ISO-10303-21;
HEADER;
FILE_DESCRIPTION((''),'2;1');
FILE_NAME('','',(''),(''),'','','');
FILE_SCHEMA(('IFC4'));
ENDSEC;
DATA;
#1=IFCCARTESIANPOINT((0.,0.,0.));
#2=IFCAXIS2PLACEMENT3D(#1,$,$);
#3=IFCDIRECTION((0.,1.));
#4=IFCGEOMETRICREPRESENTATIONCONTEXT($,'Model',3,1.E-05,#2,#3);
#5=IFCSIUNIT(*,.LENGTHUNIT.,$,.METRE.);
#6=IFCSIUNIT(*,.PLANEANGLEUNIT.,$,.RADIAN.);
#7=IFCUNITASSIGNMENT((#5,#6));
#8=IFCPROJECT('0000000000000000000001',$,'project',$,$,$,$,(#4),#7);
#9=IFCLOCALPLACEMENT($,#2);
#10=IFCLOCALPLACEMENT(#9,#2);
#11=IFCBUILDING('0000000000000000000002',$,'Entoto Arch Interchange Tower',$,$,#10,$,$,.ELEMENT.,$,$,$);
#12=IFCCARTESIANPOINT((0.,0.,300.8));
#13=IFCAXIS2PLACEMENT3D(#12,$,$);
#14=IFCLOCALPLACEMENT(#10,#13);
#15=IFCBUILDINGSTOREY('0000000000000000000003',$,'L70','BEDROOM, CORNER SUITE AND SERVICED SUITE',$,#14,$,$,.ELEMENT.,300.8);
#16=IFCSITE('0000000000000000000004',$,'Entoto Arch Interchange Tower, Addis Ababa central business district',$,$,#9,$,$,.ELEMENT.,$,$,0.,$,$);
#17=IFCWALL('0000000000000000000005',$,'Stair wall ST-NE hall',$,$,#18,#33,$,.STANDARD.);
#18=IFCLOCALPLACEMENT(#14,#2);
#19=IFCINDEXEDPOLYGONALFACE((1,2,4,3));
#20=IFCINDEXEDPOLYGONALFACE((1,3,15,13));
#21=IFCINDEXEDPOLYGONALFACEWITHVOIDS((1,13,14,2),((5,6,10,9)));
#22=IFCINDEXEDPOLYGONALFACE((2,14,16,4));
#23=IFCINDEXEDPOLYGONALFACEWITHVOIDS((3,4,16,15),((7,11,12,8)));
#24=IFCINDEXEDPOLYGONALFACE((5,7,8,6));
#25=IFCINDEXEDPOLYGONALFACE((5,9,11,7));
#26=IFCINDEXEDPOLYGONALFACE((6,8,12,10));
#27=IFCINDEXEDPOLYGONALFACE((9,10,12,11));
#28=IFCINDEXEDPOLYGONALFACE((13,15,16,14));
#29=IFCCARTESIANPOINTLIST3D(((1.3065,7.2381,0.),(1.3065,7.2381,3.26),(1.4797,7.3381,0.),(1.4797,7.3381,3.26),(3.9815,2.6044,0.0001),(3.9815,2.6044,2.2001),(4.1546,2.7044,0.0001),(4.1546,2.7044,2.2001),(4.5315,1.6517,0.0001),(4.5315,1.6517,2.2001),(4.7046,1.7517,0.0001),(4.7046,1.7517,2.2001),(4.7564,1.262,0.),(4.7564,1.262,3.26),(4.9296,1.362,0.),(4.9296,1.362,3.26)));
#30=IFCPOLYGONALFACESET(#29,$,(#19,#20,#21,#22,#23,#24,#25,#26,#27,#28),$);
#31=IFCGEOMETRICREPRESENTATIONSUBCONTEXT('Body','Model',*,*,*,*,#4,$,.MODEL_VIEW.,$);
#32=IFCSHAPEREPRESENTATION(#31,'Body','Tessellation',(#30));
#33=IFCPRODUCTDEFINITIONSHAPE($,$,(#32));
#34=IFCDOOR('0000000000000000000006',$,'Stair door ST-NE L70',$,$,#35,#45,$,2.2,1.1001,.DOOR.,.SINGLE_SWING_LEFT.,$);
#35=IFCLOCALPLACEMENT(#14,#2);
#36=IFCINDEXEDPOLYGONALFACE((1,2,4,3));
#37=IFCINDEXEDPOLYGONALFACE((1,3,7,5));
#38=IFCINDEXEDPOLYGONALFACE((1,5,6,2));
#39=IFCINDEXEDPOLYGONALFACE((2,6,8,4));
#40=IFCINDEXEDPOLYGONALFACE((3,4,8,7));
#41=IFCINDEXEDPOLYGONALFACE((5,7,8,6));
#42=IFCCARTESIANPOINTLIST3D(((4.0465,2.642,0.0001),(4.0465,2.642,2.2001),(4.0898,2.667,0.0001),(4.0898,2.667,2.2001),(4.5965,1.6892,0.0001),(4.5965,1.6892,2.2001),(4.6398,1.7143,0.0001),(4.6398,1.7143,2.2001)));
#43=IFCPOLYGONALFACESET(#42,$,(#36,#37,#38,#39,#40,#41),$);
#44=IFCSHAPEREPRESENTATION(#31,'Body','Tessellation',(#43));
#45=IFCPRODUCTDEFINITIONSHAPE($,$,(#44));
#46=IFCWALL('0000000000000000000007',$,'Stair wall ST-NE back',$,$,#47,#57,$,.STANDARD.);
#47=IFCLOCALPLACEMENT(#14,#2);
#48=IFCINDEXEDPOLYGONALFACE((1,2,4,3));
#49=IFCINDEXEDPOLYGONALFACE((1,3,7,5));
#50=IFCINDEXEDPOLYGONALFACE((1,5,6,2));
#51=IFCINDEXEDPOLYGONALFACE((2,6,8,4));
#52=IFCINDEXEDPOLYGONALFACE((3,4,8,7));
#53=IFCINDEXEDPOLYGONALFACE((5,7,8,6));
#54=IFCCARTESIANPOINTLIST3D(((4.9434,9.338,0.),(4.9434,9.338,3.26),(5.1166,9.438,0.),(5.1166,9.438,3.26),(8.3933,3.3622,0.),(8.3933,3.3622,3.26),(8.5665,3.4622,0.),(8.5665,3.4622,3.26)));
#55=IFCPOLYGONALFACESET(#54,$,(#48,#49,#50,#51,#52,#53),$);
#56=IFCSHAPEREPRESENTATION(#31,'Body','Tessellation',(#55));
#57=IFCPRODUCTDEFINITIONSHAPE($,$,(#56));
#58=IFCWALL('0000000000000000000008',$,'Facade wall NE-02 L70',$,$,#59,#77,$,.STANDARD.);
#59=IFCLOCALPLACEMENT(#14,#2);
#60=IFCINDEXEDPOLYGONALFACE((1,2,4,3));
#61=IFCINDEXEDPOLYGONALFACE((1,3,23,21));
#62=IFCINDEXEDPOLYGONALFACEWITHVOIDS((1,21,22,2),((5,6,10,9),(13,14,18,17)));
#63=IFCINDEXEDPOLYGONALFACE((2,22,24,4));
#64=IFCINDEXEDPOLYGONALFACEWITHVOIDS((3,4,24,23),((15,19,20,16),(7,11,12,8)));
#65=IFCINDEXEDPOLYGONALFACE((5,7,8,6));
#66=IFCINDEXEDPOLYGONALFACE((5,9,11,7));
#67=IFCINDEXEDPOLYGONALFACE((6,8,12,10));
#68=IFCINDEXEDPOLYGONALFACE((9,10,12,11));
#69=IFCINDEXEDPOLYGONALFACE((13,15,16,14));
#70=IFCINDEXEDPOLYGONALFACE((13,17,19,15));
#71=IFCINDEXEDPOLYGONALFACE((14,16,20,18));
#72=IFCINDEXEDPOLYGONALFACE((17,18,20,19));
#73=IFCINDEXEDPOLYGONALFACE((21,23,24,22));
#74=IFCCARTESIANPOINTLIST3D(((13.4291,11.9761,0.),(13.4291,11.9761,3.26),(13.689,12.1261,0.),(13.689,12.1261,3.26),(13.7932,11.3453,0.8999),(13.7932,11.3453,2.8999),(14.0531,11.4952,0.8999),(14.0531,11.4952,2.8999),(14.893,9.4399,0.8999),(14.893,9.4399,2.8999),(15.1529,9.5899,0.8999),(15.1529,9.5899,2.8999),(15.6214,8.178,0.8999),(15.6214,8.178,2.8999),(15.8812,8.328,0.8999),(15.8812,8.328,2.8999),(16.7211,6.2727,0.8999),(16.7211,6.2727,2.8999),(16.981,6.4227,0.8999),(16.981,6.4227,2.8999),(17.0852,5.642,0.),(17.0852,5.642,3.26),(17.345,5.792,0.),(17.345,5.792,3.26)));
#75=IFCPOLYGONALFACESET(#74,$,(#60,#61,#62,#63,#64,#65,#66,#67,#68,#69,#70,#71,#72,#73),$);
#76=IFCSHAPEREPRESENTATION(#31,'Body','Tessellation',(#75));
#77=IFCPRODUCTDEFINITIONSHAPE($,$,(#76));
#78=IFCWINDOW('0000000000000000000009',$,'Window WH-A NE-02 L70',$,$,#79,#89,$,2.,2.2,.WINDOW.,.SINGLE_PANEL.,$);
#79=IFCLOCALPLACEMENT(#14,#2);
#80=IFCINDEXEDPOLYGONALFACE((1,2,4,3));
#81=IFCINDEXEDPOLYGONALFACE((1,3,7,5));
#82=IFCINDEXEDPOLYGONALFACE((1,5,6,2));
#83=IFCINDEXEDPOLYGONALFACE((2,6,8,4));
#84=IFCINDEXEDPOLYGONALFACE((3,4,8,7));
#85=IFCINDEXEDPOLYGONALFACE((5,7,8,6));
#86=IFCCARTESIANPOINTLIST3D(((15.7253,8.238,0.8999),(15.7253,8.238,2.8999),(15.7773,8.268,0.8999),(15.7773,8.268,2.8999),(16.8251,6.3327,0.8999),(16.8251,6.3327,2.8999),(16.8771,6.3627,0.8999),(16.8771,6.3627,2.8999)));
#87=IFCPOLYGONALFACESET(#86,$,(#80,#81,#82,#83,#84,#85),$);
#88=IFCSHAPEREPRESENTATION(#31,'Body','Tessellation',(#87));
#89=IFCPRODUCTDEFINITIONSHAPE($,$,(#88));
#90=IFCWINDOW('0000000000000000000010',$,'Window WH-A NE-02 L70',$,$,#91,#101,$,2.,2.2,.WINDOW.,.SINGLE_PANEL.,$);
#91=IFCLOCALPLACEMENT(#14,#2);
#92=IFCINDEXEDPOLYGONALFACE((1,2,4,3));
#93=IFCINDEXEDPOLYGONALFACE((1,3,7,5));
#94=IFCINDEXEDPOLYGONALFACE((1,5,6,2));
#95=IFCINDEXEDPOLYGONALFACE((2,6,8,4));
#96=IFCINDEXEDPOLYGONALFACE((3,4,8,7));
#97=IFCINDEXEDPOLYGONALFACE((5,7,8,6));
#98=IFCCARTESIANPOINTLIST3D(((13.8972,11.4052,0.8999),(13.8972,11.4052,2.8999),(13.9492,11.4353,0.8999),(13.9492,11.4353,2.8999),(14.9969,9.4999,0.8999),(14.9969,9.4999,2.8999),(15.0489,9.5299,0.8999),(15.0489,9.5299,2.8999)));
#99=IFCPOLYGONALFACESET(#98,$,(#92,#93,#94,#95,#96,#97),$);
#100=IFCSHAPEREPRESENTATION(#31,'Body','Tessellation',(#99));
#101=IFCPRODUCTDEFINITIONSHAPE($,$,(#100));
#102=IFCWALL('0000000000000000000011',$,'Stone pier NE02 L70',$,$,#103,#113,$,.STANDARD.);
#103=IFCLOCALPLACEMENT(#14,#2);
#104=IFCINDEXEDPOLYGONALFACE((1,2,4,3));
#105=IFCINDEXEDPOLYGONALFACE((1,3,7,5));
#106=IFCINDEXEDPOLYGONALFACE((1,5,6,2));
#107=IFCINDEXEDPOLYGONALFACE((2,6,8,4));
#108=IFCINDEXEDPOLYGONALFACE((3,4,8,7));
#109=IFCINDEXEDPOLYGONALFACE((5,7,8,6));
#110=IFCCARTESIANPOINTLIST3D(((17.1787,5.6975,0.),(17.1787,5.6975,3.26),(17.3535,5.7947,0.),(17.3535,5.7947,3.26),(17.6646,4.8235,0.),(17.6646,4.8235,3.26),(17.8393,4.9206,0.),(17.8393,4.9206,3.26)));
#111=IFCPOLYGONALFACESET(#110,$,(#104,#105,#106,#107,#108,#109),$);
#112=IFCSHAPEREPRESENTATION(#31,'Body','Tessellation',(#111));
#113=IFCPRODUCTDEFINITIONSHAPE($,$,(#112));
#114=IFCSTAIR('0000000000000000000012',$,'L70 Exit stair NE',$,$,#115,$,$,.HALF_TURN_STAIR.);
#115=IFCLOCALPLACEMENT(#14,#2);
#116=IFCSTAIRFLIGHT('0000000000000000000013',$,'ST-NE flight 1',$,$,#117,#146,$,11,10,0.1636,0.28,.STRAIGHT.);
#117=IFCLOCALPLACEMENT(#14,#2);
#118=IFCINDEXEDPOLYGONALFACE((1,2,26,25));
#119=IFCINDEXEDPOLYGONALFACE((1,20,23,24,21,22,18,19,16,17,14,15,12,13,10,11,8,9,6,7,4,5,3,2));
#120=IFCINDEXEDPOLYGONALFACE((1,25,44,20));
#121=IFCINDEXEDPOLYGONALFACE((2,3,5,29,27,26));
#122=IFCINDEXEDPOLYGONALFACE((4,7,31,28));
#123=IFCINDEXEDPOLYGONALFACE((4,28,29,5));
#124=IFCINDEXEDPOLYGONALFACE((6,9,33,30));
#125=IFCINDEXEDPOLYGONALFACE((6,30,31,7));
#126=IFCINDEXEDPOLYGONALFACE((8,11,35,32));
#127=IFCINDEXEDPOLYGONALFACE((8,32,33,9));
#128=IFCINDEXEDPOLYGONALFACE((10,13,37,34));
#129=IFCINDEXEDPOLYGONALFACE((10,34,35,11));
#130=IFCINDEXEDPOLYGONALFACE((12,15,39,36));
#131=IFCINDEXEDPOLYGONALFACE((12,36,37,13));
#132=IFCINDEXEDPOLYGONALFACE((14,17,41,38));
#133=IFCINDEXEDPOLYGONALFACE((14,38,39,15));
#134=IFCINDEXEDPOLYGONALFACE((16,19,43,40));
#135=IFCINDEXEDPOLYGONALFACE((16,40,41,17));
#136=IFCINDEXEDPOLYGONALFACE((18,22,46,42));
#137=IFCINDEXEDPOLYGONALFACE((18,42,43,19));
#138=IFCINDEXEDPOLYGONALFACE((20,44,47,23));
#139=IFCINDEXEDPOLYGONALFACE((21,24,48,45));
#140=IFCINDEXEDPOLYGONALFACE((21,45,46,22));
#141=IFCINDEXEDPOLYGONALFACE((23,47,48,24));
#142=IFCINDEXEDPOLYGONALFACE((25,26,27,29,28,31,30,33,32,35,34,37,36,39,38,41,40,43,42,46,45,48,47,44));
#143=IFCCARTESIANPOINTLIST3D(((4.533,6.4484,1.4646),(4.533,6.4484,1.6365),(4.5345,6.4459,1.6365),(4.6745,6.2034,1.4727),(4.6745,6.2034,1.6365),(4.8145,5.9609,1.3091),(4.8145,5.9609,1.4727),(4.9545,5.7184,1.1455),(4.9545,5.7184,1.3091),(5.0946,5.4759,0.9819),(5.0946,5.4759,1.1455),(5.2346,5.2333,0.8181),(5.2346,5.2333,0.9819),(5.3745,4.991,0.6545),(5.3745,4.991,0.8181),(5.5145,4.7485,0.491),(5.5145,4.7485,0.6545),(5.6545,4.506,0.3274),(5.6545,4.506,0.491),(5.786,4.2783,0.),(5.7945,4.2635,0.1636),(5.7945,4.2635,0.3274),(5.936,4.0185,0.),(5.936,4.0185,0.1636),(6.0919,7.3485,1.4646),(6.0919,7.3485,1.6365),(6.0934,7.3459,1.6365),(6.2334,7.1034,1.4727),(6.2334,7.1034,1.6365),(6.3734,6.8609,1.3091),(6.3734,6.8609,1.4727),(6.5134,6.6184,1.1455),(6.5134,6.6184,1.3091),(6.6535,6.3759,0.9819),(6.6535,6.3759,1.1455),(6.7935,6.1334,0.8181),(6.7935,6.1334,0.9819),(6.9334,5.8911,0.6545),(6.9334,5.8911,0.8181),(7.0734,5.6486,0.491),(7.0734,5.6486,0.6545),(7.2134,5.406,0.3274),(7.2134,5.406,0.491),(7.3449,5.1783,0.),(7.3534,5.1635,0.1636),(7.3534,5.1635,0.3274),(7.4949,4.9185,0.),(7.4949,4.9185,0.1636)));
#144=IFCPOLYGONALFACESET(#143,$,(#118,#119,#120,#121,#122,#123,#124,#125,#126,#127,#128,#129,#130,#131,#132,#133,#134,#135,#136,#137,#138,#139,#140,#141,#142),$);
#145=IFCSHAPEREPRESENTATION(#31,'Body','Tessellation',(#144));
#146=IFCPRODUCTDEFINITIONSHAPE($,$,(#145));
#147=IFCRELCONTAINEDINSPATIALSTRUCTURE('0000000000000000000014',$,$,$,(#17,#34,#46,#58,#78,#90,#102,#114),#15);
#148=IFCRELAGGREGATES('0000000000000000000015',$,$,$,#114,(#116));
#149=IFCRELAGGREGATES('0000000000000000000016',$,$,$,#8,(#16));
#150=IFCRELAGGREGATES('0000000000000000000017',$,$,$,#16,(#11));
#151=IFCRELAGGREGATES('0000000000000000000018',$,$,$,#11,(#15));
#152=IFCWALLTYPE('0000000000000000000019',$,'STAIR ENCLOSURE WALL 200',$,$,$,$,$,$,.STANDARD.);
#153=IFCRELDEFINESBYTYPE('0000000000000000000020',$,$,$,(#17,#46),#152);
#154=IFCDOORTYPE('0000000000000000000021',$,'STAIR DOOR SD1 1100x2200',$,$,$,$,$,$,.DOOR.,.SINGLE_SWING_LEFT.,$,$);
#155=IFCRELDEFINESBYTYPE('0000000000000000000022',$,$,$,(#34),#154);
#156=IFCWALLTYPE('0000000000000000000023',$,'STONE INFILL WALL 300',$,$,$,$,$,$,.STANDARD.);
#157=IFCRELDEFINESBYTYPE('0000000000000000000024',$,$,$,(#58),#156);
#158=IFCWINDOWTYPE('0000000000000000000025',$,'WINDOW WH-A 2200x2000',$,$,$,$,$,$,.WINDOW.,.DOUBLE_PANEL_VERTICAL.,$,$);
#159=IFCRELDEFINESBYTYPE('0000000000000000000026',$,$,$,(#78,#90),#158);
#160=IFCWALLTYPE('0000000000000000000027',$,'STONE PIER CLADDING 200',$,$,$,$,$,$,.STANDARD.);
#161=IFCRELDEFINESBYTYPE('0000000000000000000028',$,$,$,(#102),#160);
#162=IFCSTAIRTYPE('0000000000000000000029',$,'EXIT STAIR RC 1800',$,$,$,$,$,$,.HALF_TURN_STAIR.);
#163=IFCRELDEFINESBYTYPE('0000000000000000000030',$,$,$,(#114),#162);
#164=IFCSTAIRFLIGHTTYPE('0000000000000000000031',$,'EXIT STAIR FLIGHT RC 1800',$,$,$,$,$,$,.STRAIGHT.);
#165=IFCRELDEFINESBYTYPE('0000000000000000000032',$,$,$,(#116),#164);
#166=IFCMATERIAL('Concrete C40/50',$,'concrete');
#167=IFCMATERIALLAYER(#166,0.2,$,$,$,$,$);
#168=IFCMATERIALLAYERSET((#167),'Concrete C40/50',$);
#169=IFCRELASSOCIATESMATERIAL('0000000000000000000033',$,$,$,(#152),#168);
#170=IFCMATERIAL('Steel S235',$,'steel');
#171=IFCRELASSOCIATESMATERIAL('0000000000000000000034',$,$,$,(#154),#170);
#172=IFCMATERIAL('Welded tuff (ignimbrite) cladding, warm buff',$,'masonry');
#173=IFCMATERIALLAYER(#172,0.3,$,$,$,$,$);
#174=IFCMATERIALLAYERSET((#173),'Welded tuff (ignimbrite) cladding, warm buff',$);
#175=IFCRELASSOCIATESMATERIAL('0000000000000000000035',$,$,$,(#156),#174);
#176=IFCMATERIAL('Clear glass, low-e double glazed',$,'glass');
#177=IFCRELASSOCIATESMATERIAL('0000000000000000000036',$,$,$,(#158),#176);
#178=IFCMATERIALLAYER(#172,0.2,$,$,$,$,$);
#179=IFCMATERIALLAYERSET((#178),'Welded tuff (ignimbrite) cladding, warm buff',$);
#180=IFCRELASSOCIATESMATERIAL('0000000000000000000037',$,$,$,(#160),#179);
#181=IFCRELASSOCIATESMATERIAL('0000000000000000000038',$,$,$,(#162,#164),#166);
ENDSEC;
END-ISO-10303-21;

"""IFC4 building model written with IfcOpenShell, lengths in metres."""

from ifc_helpers import new_model, si_unit, direction, frame, frame_2d, origin, place, context, subcontext, project, spatial, polyline, rectangle, outline, extrude, material, layer, layer_set, type_object, element, fill, aggregate, save


model = new_model("IFC4")

# Units and contexts
model_context = context("Model", 3, precision=1e-05, world=origin(), true_north=direction((0.0, 1.0)))
body_context = subcontext(model_context, "Body", "Model", "MODEL_VIEW")
ifc_project = project(units=[si_unit("LENGTHUNIT", "METRE"), si_unit("PLANEANGLEUNIT", "RADIAN")], contexts=[model_context])

# Site, building, storey
site_placement = place(None, origin())
site = spatial("IfcSite", under=ifc_project, at=site_placement, Name="Entoto Arch Interchange Tower, Addis Ababa central business district", CompositionType="ELEMENT", RefElevation=0.0)
building_placement = place(site_placement, origin())
building = spatial("IfcBuilding", under=site, at=building_placement, Name="Entoto Arch Interchange Tower", CompositionType="ELEMENT")
storey_placement = place(building_placement, frame((0.0, 0.0, 300.8)))
storey = spatial("IfcBuildingStorey", under=building, at=storey_placement, Name="L70", Description="BEDROOM, CORNER SUITE AND SERVICED SUITE", CompositionType="ELEMENT", Elevation=300.8)

# Shared definitions
ifc_material_1 = material(Name="Concrete C40/50", Category="concrete")

# Wall, opening, door
ifc_layer_1 = layer(ifc_material_1, 0.2)
ifc_layer_set_1 = layer_set([ifc_layer_1], Name="Concrete C40/50")
wall_type_1 = type_object("IfcWallType", Name="STAIR ENCLOSURE WALL 200", PredefinedType="STANDARD", material=ifc_layer_set_1)
wall_1_placement = place(storey_placement, frame((4.843, 1.312, 0.0), z_axis=(0.0, 0.0, 1.0), x_axis=(-0.499963, 0.866047, 0.0)))
wall_1 = element("IfcWall", 1, at=wall_1_placement, inside=storey, type_object=wall_type_1, Name="Stair wall ST-NE hall", PredefinedType="STANDARD", context=body_context, shape_type="SweptSolid", body=[
    extrude(rectangle(XDim=6.9004, YDim=0.2, at=frame_2d((3.4502, 0.0))), origin(), (0.0, 0.0, 1.0), 3.26),
])
opening_1_placement = place(wall_1_placement, frame((0.45, 0.0, 0.0)))
opening_1 = element("IfcOpeningElement", 2, at=opening_1_placement, cuts=wall_1, PredefinedType="OPENING", context=body_context, shape_type="SweptSolid", body=[
    extrude(rectangle(XDim=1.1001, YDim=2.2, at=frame_2d((0.55, 1.1001))), frame((0.0, 0.1099, 0.0), z_axis=(0.0, -1.0, 0.0), x_axis=(1.0, 0.0, 0.0)), (0.0, 0.0, 1.0), 0.22),
])
ifc_material_2 = material(Name="Steel S235", Category="steel")
door_type_1 = type_object("IfcDoorType", Name="STAIR DOOR SD1 1100x2200", OperationType="SINGLE_SWING_LEFT", PredefinedType="DOOR", material=ifc_material_2)
door_1_placement = place(opening_1_placement, origin())
door_1 = element("IfcDoor", 3, at=door_1_placement, inside=storey, type_object=door_type_1, Name="Stair door ST-NE L70", OperationType="SINGLE_SWING_LEFT", OverallHeight=2.2, OverallWidth=1.1001, PredefinedType="DOOR", context=body_context, shape_type="SweptSolid", body=[
    extrude(rectangle(XDim=1.1001, YDim=2.2, at=frame_2d((0.55, 1.1001))), frame((0.0, 0.0249, 0.0), z_axis=(0.0, -1.0, 0.0), x_axis=(1.0, 0.0, 0.0)), (0.0, 0.0, 1.0), 0.05),
])
fill(opening_1, door_1)

# Wall
wall_2_placement = place(storey_placement, frame((8.48, 3.4121, 0.0), z_axis=(0.0, 0.0, 1.0), x_axis=(-0.499979, 0.866038, 0.0)))
element("IfcWall", 4, at=wall_2_placement, inside=storey, type_object=wall_type_1, Name="Stair wall ST-NE back", PredefinedType="STANDARD", context=body_context, shape_type="SweptSolid", body=[
    extrude(rectangle(XDim=6.9001, YDim=0.2, at=frame_2d((3.4502, 0.0))), origin(), (0.0, 0.0, 1.0), 3.26),
])

# Wall, openings, windows
ifc_material_3 = material(Name="Welded tuff (ignimbrite) cladding, warm buff", Category="masonry")
ifc_layer_2 = layer(ifc_material_3, 0.3)
ifc_layer_set_2 = layer_set([ifc_layer_2], Name="Welded tuff (ignimbrite) cladding, warm buff")
wall_type_2 = type_object("IfcWallType", Name="STONE INFILL WALL 300", PredefinedType="STANDARD", material=ifc_layer_set_2)
wall_3_placement = place(storey_placement, frame((17.2151, 5.717, 0.0), z_axis=(0.0, 0.0, 1.0), x_axis=(-0.499905, 0.86608, 0.0)))
wall_3 = element("IfcWall", 5, at=wall_3_placement, inside=storey, type_object=wall_type_2, Name="Facade wall NE-02 L70", PredefinedType="STANDARD", context=body_context, shape_type="SweptSolid", body=[
    extrude(rectangle(XDim=7.3135, YDim=0.3, at=frame_2d((3.6567, 0.0))), origin(), (0.0, 0.0, 1.0), 3.26),
])
opening_2_placement = place(wall_3_placement, frame((0.728, 0.0, 0.8999)))
opening_2 = element("IfcOpeningElement", 6, at=opening_2_placement, cuts=wall_3, PredefinedType="OPENING", context=body_context, shape_type="SweptSolid", body=[
    extrude(rectangle(XDim=2.2, YDim=2.0, at=frame_2d((1.1001, 1.0))), frame((0.0, 0.1602, 0.0), z_axis=(0.0, -1.0, 0.0), x_axis=(1.0, 0.0, 0.0)), (0.0, 0.0, 1.0), 0.3201),
])
opening_3_placement = place(wall_3_placement, frame((4.385, 0.0, 0.8999)))
opening_3 = element("IfcOpeningElement", 7, at=opening_3_placement, cuts=wall_3, PredefinedType="OPENING", context=body_context, shape_type="SweptSolid", body=[
    extrude(rectangle(XDim=2.2, YDim=2.0, at=frame_2d((1.1001, 1.0))), frame((0.0, 0.1602, 0.0), z_axis=(0.0, -1.0, 0.0), x_axis=(1.0, 0.0, 0.0)), (0.0, 0.0, 1.0), 0.3201),
])
ifc_material_4 = material(Name="Clear glass, low-e double glazed", Category="glass")
window_type = type_object("IfcWindowType", Name="WINDOW WH-A 2200x2000", PartitioningType="DOUBLE_PANEL_VERTICAL", PredefinedType="WINDOW", material=ifc_material_4)
window_1_placement = place(opening_2_placement, origin())
window_1 = element("IfcWindow", 8, at=window_1_placement, inside=storey, type_object=window_type, Name="Window WH-A NE-02 L70", OverallHeight=2.0, OverallWidth=2.2, PartitioningType="SINGLE_PANEL", PredefinedType="WINDOW", context=body_context, shape_type="SweptSolid", body=[
    extrude(rectangle(XDim=2.2, YDim=2.0, at=frame_2d((1.1001, 1.0))), frame((0.0, 0.03, 0.0), z_axis=(0.0, -1.0, 0.0), x_axis=(1.0, 0.0, 0.0)), (0.0, 0.0, 1.0), 0.0601),
])
fill(opening_2, window_1)
window_2_placement = place(opening_3_placement, origin())
window_2 = element("IfcWindow", 9, at=window_2_placement, inside=storey, type_object=window_type, Name="Window WH-A NE-02 L70", OverallHeight=2.0, OverallWidth=2.2, PartitioningType="SINGLE_PANEL", PredefinedType="WINDOW", context=body_context, shape_type="SweptSolid", body=[
    extrude(rectangle(XDim=2.2, YDim=2.0, at=frame_2d((1.1001, 1.0))), frame((0.0, 0.03, 0.0), z_axis=(0.0, -1.0, 0.0), x_axis=(1.0, 0.0, 0.0)), (0.0, 0.0, 1.0), 0.0601),
])
fill(opening_3, window_2)

# Wall
ifc_layer_3 = layer(ifc_material_3, 0.2)
ifc_layer_set_3 = layer_set([ifc_layer_3], Name="Welded tuff (ignimbrite) cladding, warm buff")
wall_type_3 = type_object("IfcWallType", Name="STONE PIER CLADDING 200", PredefinedType="STANDARD", material=ifc_layer_set_3)
wall_4_placement = place(storey_placement, frame((17.752, 4.8721, 0.0), z_axis=(0.0, 0.0, 1.0), x_axis=(-0.48585, 0.874042, 0.0)))
element("IfcWall", 10, at=wall_4_placement, inside=storey, type_object=wall_type_3, Name="Stone pier NE02 L70", PredefinedType="STANDARD", context=body_context, shape_type="SweptSolid", body=[
    extrude(rectangle(XDim=1.0, YDim=0.2, at=frame_2d((0.5, 0.0))), origin(), (0.0, 0.0, 1.0), 3.26),
])

# Stair, stair flight
stair_type = type_object("IfcStairType", Name="EXIT STAIR RC 1800", PredefinedType="HALF_TURN_STAIR", material=ifc_material_1)
stair_placement = place(storey_placement, origin())
stair = element("IfcStair", 11, at=stair_placement, inside=storey, type_object=stair_type, Name="L70 Exit stair NE", PredefinedType="HALF_TURN_STAIR")
stair_flight_type = type_object("IfcStairFlightType", Name="EXIT STAIR FLIGHT RC 1800", PredefinedType="STRAIGHT", material=ifc_material_1)
stair_flight_placement = place(storey_placement, frame((6.7139, 4.4709, 0.0), z_axis=(0.0, 0.0, 1.0), x_axis=(-0.5, 0.866025, 0.0)))
stair_flight = element("IfcStairFlight", 12, at=stair_flight_placement, type_object=stair_flight_type, Name="ST-NE flight 1", NumberOfRisers=11, NumberOfTreads=10, PredefinedType="STRAIGHT", RiserHeight=0.1636, TreadLength=0.28, context=body_context, shape_type="SweptSolid", body=[
    extrude(outline(polyline([(-0.0029, 0.0), (-0.0029, 0.1636), (0.28, 0.1636), (0.28, 0.3274), (0.5601, 0.3274), (0.5601, 0.491), (0.8401, 0.491), (0.8401, 0.6545), (1.1201, 0.6545), (1.1201, 0.8181), (1.3999, 0.8181), (1.3999, 0.9819), (1.6799, 0.9819), (1.6799, 1.1455), (1.96, 1.1455), (1.96, 1.3091), (2.24, 1.3091), (2.24, 1.4727), (2.52, 1.4727), (2.52, 1.6365), (2.8, 1.6365), (2.803, 1.6365), (2.803, 1.4646), (0.2971, 0.0), (-0.0029, 0.0)])), frame((0.0, 0.8999, 0.0), z_axis=(0.0, -1.0, 0.0), x_axis=(1.0, 0.0, 0.0)), (0.0, 0.0, 1.0), 1.8),
])
aggregate(stair, [stair_flight])

save(model, "model.ifc")
